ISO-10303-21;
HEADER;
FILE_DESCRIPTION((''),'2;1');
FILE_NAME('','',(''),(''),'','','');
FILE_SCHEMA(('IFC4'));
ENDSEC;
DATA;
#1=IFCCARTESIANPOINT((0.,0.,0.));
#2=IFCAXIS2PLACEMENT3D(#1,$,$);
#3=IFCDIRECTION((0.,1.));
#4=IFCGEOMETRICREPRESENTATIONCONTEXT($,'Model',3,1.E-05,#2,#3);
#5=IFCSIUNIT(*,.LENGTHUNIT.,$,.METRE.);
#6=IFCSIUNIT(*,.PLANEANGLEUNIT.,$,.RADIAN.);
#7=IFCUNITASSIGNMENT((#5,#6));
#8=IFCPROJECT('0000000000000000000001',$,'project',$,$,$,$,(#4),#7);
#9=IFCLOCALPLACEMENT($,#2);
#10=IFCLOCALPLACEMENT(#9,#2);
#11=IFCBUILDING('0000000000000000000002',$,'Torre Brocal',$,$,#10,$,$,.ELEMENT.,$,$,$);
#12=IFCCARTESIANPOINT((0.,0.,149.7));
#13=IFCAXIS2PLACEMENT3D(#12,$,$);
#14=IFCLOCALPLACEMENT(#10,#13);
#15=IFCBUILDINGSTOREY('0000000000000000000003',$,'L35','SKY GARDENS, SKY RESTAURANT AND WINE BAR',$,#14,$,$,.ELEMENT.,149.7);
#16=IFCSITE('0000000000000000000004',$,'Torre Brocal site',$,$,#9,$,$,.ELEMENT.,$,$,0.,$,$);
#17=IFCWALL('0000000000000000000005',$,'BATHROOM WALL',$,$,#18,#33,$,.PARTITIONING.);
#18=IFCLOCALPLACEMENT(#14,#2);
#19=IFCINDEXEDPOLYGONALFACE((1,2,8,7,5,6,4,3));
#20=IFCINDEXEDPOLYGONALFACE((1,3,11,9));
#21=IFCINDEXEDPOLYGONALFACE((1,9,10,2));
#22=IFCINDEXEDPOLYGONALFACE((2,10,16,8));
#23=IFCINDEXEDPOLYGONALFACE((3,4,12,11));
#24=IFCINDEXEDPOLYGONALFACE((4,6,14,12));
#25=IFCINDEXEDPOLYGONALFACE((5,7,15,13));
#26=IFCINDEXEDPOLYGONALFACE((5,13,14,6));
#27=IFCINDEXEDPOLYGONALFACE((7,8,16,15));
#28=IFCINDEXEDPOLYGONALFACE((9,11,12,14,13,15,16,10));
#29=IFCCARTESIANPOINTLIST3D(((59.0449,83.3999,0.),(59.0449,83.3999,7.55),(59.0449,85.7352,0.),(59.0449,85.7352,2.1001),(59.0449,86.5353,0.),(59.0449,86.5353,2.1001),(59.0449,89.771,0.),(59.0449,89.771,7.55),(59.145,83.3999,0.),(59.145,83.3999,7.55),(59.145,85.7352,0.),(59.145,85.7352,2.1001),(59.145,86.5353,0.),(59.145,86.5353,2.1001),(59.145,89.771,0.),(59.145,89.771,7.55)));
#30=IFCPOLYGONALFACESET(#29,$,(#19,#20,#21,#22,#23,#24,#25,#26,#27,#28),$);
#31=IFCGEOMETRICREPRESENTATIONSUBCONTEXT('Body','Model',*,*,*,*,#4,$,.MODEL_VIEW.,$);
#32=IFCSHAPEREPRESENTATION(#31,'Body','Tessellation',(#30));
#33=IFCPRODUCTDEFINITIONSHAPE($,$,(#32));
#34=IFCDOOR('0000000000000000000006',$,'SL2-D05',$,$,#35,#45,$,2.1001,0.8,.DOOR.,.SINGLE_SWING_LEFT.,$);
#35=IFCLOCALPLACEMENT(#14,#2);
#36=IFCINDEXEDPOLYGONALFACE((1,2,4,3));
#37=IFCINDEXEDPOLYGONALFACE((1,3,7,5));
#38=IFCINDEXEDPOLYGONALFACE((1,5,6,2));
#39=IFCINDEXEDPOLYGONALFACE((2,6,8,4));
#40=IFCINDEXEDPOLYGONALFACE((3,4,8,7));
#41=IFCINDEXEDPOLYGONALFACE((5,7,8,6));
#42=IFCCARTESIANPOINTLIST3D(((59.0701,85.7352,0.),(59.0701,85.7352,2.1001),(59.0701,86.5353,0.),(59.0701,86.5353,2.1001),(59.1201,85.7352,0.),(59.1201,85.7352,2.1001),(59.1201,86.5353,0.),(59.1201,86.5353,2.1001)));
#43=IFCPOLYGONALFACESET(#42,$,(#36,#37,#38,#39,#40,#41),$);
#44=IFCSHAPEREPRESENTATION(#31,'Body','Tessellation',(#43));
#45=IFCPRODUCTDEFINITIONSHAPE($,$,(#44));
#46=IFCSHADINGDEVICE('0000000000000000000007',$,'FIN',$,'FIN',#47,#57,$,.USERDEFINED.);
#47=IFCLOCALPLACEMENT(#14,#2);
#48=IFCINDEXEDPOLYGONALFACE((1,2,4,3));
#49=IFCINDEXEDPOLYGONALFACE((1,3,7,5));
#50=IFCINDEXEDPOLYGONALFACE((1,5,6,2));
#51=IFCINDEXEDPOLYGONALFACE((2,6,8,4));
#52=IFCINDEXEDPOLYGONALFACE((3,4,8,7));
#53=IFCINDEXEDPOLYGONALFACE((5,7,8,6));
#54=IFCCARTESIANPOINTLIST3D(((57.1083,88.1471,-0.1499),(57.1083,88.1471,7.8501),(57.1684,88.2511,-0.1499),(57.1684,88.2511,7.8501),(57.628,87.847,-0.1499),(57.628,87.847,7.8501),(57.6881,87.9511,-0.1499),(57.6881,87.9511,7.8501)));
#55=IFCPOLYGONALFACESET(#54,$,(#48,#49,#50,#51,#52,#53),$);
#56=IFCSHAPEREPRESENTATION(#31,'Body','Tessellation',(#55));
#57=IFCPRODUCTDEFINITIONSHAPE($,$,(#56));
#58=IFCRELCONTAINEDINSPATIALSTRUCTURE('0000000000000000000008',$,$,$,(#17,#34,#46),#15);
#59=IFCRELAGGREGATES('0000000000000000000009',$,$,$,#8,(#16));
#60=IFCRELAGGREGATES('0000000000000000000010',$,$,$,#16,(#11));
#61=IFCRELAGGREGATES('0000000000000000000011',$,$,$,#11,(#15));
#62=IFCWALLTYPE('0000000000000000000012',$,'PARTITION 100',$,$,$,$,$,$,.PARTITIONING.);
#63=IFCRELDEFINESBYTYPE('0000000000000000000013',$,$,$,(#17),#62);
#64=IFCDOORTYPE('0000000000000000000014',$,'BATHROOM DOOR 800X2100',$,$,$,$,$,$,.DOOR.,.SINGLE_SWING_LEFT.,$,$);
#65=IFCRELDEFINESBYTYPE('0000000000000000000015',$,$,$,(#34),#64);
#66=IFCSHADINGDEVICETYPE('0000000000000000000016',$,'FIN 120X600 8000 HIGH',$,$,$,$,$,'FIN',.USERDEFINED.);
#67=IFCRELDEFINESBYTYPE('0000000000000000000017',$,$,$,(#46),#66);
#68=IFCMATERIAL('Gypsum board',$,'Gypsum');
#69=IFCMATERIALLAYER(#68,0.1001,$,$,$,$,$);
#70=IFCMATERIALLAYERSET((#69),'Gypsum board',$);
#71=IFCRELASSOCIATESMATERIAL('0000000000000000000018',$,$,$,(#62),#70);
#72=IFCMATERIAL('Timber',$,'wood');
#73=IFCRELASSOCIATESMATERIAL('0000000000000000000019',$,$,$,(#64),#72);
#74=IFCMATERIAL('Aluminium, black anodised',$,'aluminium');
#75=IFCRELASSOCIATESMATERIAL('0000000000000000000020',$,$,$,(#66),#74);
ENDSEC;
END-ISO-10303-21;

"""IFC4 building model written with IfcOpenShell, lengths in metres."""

from ifc_helpers import new_model, si_unit, direction, frame, frame_2d, origin, origin_2d, place, context, subcontext, project, spatial, rectangle, extrude, material, layer, layer_set, material_profile, profile_set, type_object, element, fill, save


model = new_model("IFC4")

# Units and contexts
model_context = context("Model", 3, precision=1e-05, world=origin(), true_north=direction((0.0, 1.0)))
body_context = subcontext(model_context, "Body", "Model", "MODEL_VIEW")
ifc_project = project(units=[si_unit("LENGTHUNIT", "METRE"), si_unit("PLANEANGLEUNIT", "RADIAN")], contexts=[model_context])

# Site, building, storey
site_placement = place(None, origin())
site = spatial("IfcSite", under=ifc_project, at=site_placement, Name="Torre Brocal site", CompositionType="ELEMENT", RefElevation=0.0)
building_placement = place(site_placement, origin())
building = spatial("IfcBuilding", under=site, at=building_placement, Name="Torre Brocal", CompositionType="ELEMENT")
storey_placement = place(building_placement, frame((0.0, 0.0, 149.7)))
storey = spatial("IfcBuildingStorey", under=building, at=storey_placement, Name="L35", Description="SKY GARDENS, SKY RESTAURANT AND WINE BAR", CompositionType="ELEMENT", Elevation=149.7)

# Wall, opening, door
ifc_material_1 = material(Name="Gypsum board", Category="Gypsum")
ifc_layer_1 = layer(ifc_material_1, 0.1001)
ifc_layer_set_1 = layer_set([ifc_layer_1], Name="Gypsum board")
wall_type_1 = type_object("IfcWallType", Name="PARTITION 100", PredefinedType="PARTITIONING", material=ifc_layer_set_1)
wall_1_placement = place(storey_placement, frame((59.095, 83.3999, 0.0), z_axis=(0.0, 0.0, 1.0), x_axis=(0.0, 1.0, 0.0)))
wall_1 = element("IfcWall", 1, at=wall_1_placement, inside=storey, type_object=wall_type_1, Name="BATHROOM WALL", PredefinedType="PARTITIONING", context=body_context, shape_type="SweptSolid", body=[
    extrude(rectangle(XDim=6.3711, YDim=0.1001, at=frame_2d((3.1855, 0.0))), origin(), (0.0, 0.0, 1.0), 7.55),
])
opening_placement = place(wall_1_placement, frame((2.3354, 0.0, 0.0)))
opening = element("IfcOpeningElement", 2, at=opening_placement, cuts=wall_1, PredefinedType="OPENING", context=body_context, shape_type="SweptSolid", body=[
    extrude(rectangle(XDim=0.8, YDim=2.1001, at=frame_2d((0.3999, 1.05))), frame((0.0, 0.0601, 0.0), z_axis=(0.0, -1.0, 0.0), x_axis=(1.0, 0.0, 0.0)), (0.0, 0.0, 1.0), 0.1201),
])
ifc_material_2 = material(Name="Timber", Category="wood")
door_type = type_object("IfcDoorType", Name="BATHROOM DOOR 800X2100", OperationType="SINGLE_SWING_LEFT", PredefinedType="DOOR", material=ifc_material_2)
door_placement = place(opening_placement, origin())
door = element("IfcDoor", 3, at=door_placement, inside=storey, type_object=door_type, Name="SL2-D05", OperationType="SINGLE_SWING_LEFT", OverallHeight=2.1001, OverallWidth=0.8, PredefinedType="DOOR", context=body_context, shape_type="SweptSolid", body=[
    extrude(rectangle(XDim=0.8, YDim=2.1001, at=frame_2d((0.3999, 1.05))), frame((0.0, 0.0249, 0.0), z_axis=(0.0, -1.0, 0.0), x_axis=(1.0, 0.0, 0.0)), (0.0, 0.0, 1.0), 0.05),
])
fill(opening, door)

# Shading device
ifc_material_3 = material(Name="Aluminium, black anodised", Category="aluminium")
ifc_material_profile_1 = material_profile(ifc_material_3, rectangle(XDim=0.1201, YDim=0.6001, at=origin_2d()), Name="FIN 120X600 8000 HIGH")
ifc_profile_set_1 = profile_set([ifc_material_profile_1], Name="Aluminium, black anodised")
shading_device_type = type_object("IfcShadingDeviceType", Name="FIN 120X600 8000 HIGH", ElementType="FIN", PredefinedType="USERDEFINED", material=ifc_profile_set_1)
shading_device_placement = place(storey_placement, frame((57.3982, 88.0491, -0.1499), z_axis=(0.0, 0.0, 1.0), x_axis=(-0.5, -0.866025, 0.0)))
element("IfcShadingDevice", 4, at=shading_device_placement, inside=storey, type_object=shading_device_type, Name="FIN", ObjectType="FIN", PredefinedType="USERDEFINED", context=body_context, shape_type="SweptSolid", body=[
    extrude(rectangle(XDim=0.1201, YDim=0.6001, at=origin_2d()), origin(), (0.0, 0.0, 1.0), 8.0),
])

save(model, "model.ifc")
